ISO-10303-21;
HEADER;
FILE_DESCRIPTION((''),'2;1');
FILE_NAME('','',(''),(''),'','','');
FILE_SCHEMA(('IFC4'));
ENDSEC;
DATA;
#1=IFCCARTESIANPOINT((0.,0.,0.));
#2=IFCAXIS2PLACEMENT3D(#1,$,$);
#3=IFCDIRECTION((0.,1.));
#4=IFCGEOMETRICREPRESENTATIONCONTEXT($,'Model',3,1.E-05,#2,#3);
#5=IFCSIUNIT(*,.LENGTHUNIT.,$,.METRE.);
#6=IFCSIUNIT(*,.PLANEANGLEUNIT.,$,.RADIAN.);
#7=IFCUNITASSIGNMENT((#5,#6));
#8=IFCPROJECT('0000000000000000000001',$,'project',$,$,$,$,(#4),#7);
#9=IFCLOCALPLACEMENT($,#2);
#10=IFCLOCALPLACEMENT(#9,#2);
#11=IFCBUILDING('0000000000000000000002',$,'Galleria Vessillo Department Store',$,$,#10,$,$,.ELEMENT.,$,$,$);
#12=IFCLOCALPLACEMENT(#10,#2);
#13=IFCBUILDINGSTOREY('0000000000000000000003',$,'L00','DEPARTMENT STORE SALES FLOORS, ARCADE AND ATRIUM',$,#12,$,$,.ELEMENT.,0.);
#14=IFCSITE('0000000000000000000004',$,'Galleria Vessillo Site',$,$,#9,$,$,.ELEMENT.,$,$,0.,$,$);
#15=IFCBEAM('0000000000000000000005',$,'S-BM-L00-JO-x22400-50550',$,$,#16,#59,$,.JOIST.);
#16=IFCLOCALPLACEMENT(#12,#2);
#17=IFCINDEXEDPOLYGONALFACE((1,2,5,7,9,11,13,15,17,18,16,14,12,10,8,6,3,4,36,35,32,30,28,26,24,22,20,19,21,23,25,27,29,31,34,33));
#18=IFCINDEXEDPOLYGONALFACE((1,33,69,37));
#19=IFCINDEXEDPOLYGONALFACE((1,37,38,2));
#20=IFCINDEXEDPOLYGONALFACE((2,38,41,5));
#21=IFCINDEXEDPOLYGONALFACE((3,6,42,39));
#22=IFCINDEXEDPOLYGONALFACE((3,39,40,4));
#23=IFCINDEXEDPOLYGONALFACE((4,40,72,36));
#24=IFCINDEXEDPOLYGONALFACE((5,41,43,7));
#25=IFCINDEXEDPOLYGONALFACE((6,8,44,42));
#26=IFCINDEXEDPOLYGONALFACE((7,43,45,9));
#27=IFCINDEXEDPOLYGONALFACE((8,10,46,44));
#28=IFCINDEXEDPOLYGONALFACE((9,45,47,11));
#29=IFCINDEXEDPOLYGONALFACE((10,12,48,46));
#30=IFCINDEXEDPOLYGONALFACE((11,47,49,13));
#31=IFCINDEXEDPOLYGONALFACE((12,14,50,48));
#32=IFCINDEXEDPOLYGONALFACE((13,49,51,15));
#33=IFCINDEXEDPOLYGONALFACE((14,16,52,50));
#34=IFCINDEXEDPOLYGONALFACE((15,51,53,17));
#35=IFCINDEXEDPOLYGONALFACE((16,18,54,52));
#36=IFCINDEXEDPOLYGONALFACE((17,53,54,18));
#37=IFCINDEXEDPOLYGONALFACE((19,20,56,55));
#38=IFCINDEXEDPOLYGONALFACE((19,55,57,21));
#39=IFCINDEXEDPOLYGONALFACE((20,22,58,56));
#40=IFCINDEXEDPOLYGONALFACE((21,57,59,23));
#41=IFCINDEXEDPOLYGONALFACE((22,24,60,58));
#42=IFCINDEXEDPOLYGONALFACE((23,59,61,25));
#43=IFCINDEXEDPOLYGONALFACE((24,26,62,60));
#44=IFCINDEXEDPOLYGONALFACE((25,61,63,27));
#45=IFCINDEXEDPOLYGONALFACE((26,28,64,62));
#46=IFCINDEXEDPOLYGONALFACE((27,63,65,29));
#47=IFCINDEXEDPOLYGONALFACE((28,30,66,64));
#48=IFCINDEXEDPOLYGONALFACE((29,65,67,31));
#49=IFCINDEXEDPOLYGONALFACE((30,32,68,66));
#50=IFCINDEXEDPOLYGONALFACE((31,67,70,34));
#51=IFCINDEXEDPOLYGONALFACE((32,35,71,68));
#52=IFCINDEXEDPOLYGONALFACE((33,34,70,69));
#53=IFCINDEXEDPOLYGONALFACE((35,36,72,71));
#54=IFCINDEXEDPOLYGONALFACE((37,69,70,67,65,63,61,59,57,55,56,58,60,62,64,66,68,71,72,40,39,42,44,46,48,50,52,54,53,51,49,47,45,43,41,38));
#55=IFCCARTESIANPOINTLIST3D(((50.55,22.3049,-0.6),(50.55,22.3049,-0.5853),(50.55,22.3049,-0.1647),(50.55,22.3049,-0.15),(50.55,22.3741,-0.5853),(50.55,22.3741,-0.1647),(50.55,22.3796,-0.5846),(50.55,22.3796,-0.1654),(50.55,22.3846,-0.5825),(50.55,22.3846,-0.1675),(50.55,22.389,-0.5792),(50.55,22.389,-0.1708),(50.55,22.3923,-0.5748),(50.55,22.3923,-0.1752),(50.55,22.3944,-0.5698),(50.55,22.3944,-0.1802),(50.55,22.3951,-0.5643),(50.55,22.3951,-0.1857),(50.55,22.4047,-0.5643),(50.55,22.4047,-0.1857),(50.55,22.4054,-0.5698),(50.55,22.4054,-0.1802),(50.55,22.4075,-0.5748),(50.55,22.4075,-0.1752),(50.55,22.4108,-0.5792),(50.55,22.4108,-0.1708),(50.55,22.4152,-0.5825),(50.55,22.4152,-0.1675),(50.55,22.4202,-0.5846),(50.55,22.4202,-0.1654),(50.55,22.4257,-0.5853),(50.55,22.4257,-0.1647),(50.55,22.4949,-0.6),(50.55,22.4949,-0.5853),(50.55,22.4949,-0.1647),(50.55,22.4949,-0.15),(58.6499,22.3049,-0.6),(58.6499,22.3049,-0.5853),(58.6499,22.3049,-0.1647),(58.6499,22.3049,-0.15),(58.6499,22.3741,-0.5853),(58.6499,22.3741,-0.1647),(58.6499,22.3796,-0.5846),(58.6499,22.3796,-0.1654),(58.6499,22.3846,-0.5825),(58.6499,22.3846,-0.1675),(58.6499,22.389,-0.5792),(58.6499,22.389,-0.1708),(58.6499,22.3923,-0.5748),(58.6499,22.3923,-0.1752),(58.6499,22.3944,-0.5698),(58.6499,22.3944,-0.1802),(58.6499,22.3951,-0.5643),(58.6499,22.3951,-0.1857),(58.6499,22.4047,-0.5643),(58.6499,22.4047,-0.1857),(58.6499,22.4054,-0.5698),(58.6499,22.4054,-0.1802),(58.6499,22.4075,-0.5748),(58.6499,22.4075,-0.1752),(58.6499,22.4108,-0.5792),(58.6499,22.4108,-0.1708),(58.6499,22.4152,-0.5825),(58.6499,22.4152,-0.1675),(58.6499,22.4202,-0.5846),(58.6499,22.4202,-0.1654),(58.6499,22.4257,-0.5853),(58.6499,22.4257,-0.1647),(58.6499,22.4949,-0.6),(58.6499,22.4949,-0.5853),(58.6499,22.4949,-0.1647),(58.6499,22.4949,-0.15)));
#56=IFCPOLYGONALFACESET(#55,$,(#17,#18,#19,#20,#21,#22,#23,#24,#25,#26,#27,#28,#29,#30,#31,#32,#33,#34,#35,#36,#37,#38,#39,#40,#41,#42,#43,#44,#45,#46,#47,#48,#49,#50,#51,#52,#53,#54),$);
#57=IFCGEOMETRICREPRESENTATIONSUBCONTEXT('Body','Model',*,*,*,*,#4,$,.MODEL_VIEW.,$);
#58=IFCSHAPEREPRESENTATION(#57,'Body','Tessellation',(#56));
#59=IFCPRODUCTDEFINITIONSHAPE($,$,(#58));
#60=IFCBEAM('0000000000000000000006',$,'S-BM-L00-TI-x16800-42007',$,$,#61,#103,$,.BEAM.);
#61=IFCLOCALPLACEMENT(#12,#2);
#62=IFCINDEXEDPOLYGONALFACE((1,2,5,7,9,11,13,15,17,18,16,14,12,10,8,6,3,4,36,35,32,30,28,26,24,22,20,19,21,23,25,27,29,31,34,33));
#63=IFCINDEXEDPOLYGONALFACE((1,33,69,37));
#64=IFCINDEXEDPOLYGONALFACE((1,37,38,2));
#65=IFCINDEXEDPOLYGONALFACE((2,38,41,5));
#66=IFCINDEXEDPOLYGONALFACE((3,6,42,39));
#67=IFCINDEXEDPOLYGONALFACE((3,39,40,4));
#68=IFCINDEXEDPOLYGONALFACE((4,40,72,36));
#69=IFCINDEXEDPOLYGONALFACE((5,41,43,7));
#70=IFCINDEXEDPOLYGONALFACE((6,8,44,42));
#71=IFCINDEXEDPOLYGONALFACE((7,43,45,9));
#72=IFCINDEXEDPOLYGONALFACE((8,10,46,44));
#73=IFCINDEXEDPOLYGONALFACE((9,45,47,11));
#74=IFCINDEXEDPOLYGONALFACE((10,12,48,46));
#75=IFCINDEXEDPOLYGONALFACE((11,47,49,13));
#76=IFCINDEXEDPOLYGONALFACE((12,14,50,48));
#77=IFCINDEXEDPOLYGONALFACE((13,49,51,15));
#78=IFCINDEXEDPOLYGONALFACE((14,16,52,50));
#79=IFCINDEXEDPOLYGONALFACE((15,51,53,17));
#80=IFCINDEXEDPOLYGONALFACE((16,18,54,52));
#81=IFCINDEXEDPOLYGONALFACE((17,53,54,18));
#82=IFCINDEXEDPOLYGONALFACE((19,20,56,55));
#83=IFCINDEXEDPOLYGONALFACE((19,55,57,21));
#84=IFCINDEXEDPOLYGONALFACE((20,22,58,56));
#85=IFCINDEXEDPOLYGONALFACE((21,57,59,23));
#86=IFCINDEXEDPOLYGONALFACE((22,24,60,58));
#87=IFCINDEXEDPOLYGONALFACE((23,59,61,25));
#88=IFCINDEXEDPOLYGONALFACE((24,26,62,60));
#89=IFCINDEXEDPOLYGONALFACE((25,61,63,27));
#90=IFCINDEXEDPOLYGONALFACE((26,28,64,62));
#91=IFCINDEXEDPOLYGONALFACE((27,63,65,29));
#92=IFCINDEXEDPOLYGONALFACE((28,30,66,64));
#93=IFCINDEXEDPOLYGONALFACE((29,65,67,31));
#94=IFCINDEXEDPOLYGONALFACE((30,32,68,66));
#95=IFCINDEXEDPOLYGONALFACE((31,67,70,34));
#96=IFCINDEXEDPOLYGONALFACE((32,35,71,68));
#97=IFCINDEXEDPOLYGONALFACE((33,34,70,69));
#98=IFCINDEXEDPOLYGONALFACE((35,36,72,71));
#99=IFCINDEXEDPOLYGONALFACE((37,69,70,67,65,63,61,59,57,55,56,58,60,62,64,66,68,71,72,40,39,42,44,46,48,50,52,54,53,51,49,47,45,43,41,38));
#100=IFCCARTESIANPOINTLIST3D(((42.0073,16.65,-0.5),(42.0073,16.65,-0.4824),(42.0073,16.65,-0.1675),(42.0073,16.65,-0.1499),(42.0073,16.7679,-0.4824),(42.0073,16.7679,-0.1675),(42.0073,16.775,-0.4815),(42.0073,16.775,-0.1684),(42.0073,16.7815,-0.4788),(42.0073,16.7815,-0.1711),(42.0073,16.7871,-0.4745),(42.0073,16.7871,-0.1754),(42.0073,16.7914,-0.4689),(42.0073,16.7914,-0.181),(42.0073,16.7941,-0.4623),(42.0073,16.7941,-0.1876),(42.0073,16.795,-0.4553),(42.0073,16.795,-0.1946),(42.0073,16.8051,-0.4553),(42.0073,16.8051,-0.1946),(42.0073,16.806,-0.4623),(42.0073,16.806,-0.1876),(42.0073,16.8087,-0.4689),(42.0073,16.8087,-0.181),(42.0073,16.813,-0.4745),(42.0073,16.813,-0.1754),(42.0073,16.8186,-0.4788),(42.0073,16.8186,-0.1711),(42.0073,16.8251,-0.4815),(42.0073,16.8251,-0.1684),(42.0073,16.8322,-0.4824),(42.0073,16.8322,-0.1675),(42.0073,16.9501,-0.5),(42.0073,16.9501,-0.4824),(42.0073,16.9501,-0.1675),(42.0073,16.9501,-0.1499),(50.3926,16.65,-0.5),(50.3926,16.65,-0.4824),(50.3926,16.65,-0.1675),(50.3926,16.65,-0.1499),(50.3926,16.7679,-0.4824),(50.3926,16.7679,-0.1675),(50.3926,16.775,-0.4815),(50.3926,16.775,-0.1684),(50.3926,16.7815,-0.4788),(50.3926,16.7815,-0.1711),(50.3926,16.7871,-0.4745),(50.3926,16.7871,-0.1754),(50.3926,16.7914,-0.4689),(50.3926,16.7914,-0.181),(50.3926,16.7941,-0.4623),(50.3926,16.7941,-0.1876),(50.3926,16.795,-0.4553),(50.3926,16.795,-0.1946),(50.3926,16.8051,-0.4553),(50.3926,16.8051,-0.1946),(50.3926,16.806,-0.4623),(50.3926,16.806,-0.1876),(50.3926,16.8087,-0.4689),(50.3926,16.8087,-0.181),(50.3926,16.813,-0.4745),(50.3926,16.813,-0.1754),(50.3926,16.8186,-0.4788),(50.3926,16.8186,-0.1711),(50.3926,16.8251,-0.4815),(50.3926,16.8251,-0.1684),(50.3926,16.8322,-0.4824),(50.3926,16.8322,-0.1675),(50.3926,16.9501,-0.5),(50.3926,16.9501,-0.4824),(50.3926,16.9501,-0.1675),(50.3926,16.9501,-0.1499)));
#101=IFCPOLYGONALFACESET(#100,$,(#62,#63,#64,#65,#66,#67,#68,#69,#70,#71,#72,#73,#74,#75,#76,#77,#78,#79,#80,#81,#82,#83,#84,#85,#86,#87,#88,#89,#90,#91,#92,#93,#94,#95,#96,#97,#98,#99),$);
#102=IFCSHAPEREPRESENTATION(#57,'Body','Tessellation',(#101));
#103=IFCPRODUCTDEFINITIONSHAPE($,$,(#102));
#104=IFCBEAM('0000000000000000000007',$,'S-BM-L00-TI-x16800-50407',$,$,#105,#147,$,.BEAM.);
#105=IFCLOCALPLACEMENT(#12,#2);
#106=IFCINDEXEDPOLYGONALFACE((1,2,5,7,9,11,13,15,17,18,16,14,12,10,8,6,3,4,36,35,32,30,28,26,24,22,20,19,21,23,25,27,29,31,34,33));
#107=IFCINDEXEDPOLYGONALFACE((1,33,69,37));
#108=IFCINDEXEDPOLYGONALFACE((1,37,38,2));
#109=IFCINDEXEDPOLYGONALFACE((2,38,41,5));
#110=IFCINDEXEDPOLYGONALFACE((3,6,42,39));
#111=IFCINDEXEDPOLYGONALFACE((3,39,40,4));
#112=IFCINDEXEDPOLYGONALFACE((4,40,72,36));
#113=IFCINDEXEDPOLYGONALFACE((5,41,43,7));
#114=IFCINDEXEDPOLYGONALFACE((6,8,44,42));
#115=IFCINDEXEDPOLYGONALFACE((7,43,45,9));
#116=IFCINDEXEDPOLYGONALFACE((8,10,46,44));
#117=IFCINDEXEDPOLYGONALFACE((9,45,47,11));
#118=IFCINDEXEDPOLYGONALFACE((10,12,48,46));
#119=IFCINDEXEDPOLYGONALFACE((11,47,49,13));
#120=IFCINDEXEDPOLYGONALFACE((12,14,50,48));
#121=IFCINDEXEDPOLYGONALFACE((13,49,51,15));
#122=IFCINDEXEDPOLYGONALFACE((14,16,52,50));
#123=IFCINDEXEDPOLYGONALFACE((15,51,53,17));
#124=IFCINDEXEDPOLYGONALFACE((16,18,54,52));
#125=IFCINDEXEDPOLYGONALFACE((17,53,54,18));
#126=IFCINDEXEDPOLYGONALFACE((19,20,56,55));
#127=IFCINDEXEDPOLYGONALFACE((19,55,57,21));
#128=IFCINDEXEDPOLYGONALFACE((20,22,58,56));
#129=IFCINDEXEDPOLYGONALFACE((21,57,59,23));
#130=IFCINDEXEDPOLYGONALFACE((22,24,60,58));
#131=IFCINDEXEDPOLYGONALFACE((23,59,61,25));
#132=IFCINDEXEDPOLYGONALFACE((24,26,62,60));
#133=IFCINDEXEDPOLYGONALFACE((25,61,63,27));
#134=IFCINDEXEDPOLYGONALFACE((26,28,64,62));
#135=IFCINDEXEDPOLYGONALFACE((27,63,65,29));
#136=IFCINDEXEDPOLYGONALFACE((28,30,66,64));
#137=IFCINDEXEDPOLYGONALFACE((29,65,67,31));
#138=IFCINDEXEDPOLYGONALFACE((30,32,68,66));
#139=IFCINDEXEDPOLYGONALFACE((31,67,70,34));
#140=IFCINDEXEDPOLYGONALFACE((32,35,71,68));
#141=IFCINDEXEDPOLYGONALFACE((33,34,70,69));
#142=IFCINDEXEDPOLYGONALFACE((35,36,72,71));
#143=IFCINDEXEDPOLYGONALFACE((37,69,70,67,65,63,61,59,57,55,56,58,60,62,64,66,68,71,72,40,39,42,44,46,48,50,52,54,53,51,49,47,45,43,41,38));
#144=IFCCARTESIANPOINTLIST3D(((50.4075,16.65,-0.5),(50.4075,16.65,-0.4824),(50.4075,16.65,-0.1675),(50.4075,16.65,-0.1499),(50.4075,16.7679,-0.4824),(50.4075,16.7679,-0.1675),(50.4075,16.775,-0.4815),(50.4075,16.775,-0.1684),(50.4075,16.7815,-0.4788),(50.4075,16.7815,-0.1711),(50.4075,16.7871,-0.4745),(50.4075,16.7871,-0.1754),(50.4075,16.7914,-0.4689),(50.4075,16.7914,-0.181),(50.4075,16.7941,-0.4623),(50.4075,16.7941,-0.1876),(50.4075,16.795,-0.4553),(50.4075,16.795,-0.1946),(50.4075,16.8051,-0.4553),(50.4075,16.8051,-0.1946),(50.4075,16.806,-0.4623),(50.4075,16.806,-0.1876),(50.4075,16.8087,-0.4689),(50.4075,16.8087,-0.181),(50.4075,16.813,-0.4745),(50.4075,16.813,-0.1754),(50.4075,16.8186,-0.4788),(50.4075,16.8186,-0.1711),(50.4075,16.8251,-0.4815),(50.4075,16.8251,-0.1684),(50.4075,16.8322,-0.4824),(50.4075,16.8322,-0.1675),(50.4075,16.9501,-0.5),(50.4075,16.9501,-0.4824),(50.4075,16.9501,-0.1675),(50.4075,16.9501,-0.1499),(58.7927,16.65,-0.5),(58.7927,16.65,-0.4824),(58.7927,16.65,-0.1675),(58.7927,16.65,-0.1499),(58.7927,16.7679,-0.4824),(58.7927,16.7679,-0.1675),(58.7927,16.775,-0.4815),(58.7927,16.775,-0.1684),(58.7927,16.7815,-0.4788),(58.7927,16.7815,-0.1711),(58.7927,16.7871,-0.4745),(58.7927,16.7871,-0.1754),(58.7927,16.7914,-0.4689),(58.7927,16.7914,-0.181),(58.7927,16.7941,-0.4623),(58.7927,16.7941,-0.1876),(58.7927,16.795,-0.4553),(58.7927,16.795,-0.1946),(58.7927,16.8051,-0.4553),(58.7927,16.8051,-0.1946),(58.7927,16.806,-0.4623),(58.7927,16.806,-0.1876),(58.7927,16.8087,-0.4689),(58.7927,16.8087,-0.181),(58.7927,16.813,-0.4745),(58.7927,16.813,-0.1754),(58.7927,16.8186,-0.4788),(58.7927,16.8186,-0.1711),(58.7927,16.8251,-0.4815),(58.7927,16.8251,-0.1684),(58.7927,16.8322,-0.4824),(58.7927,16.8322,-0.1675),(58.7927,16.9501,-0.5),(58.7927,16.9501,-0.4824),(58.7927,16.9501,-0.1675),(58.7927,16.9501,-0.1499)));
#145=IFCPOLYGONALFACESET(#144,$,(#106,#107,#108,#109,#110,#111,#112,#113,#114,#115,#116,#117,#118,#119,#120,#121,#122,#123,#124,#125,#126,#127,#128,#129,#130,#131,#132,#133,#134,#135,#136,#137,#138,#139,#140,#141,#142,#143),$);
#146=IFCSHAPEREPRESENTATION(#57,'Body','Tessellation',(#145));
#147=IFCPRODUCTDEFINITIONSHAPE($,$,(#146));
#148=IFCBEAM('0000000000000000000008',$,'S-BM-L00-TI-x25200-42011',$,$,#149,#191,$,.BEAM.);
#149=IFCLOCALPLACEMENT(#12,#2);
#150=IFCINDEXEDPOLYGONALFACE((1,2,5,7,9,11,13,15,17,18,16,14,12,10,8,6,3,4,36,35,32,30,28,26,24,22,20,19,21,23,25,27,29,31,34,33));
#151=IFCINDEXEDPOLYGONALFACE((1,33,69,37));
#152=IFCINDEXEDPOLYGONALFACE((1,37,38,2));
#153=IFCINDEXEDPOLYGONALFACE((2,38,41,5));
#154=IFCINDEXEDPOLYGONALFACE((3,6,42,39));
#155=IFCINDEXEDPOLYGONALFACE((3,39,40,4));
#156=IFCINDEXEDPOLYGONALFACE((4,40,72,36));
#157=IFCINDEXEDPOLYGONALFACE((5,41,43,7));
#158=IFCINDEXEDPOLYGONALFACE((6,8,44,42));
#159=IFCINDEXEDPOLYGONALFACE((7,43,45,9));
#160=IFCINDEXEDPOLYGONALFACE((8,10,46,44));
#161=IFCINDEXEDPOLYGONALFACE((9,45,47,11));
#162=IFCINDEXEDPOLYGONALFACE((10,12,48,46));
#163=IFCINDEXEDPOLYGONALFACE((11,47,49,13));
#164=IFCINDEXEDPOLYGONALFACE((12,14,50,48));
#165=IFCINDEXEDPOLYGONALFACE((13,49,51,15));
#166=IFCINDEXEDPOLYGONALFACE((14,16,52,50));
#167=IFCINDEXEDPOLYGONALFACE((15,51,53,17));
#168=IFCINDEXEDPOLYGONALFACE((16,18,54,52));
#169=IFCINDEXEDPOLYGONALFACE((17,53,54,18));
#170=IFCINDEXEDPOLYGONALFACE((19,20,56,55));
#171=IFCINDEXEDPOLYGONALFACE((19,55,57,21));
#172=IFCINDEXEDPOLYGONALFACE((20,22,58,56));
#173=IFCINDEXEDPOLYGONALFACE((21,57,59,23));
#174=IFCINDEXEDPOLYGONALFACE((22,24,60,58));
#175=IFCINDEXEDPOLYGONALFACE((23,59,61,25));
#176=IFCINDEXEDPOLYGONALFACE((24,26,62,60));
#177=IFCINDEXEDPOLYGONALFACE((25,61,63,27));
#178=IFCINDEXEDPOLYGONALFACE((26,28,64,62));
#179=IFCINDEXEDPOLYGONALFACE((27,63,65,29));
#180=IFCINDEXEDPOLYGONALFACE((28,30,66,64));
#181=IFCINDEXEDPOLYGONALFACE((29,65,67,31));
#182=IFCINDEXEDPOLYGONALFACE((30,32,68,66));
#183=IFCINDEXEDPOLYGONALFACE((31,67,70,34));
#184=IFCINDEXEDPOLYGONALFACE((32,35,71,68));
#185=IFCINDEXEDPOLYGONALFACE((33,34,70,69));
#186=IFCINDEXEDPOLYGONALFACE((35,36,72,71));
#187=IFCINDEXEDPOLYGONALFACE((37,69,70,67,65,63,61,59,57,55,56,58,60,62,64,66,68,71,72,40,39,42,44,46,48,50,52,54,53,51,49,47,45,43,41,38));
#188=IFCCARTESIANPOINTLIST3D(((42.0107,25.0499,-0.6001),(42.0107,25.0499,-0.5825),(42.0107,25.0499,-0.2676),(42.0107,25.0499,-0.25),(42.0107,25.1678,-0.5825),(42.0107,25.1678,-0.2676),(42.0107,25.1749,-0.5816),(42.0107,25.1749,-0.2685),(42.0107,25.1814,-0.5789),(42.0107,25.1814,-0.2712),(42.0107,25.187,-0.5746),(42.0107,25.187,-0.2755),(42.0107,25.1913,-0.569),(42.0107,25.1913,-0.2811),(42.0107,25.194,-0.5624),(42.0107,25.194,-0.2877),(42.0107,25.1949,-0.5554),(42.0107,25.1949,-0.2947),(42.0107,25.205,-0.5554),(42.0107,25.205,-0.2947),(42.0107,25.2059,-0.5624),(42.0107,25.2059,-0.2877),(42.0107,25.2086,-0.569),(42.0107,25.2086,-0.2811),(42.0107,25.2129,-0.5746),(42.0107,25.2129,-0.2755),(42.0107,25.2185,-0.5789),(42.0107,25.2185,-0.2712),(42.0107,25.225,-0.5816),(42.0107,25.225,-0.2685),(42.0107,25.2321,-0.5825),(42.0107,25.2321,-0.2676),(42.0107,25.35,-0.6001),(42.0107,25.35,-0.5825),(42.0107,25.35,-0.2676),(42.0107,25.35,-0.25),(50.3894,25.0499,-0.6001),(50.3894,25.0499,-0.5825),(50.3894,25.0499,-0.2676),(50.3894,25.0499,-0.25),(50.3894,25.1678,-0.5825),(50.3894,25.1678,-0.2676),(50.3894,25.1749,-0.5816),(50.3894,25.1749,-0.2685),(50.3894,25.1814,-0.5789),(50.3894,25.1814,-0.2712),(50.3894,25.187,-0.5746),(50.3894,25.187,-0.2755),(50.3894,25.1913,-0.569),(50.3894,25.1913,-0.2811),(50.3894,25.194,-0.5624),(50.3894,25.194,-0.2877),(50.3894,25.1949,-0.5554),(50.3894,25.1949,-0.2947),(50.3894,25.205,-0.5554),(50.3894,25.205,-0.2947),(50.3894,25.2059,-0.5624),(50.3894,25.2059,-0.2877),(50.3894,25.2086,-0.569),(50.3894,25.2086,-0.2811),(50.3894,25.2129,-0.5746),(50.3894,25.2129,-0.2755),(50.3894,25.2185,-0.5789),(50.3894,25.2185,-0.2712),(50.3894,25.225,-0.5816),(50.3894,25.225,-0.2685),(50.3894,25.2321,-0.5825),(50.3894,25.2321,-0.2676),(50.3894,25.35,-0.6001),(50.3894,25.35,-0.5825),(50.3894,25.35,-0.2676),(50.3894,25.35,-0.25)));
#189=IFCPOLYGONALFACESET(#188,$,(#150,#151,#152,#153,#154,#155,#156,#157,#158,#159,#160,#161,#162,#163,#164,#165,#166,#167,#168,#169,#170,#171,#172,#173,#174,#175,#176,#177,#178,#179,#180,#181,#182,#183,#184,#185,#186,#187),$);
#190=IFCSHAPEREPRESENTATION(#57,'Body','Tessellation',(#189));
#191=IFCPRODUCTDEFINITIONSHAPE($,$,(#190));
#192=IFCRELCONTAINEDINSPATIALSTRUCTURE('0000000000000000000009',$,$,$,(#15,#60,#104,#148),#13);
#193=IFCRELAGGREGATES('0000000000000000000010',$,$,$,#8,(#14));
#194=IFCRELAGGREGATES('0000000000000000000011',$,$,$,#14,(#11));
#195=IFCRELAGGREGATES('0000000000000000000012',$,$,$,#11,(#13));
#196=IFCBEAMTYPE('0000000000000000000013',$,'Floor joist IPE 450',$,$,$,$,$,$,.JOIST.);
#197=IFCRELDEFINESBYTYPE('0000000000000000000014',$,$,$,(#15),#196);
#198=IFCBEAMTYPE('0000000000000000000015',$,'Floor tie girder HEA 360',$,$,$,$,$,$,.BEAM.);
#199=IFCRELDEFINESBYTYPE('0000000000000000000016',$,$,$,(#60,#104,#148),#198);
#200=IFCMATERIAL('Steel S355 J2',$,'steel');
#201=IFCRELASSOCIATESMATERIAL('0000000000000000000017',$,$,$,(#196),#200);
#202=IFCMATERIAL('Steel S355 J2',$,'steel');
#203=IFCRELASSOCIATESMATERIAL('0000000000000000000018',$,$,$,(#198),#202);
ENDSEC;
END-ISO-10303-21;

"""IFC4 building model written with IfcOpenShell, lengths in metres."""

from ifc_helpers import new_model, si_unit, direction, frame, origin, origin_2d, place, context, subcontext, project, spatial, i_section, extrude, material, material_profile, profile_set, type_object, element, save


model = new_model("IFC4")

# Units and contexts
model_context = context("Model", 3, precision=1e-05, world=origin(), true_north=direction((0.0, 1.0)))
body_context = subcontext(model_context, "Body", "Model", "MODEL_VIEW")
ifc_project = project(units=[si_unit("LENGTHUNIT", "METRE"), si_unit("PLANEANGLEUNIT", "RADIAN")], contexts=[model_context])

# Site, building, storey
site_placement = place(None, origin())
site = spatial("IfcSite", under=ifc_project, at=site_placement, Name="Galleria Vessillo Site", CompositionType="ELEMENT", RefElevation=0.0)
building_placement = place(site_placement, origin())
building = spatial("IfcBuilding", under=site, at=building_placement, Name="Galleria Vessillo Department Store", CompositionType="ELEMENT")
storey_placement = place(building_placement, origin())
storey = spatial("IfcBuildingStorey", under=building, at=storey_placement, Name="L00", Description="DEPARTMENT STORE SALES FLOORS, ARCADE AND ATRIUM", CompositionType="ELEMENT", Elevation=0.0)

# Beams
ifc_material_1 = material(Name="Steel S355 J2", Category="steel")
ifc_material_profile_1 = material_profile(ifc_material_1, i_section(OverallWidth=0.1899, OverallDepth=0.45, WebThickness=0.0095, FlangeThickness=0.0146, FilletRadius=0.021, at=origin_2d()), Name="IPE 450")
ifc_profile_set_1 = profile_set([ifc_material_profile_1], Name="Steel S355 J2")
beam_type_1 = type_object("IfcBeamType", Name="Floor joist IPE 450", PredefinedType="JOIST", material=ifc_profile_set_1)
for number, where, z_axis, x_axis, name in (
    (1, (50.55, 22.3999, -0.375), (1.0, 0.0, 0.0), (0.0, 1.0, 0.0), "S-BM-L00-JO-x22400-50550"),
):
    element("IfcBeam", number, at=place(storey_placement, frame(where, z_axis=z_axis, x_axis=x_axis)), inside=storey, type_object=beam_type_1, Name=name, PredefinedType="JOIST", context=body_context, shape_type="SweptSolid", body=[
        extrude(i_section(OverallWidth=0.1899, OverallDepth=0.45, WebThickness=0.0095, FlangeThickness=0.0146, FilletRadius=0.021, at=origin_2d()), origin(), (0.0, 0.0, 1.0), 8.0999),
    ])
ifc_material_2 = material(Name="Steel S355 J2", Category="steel")
ifc_material_profile_2 = material_profile(ifc_material_2, i_section(OverallWidth=0.3, OverallDepth=0.3501, WebThickness=0.01, FlangeThickness=0.0176, FilletRadius=0.0271, at=origin_2d()), Name="HEA 360")
ifc_profile_set_2 = profile_set([ifc_material_profile_2], Name="Steel S355 J2")
beam_type_2 = type_object("IfcBeamType", Name="Floor tie girder HEA 360", PredefinedType="BEAM", material=ifc_profile_set_2)
for number, where, z_axis, x_axis, name in (
    (2, (42.0073, 16.8, -0.325), (1.0, 0.0, 0.0), (0.0, 1.0, 0.0), "S-BM-L00-TI-x16800-42007"),
    (3, (50.4075, 16.8, -0.325), (1.0, 0.0, 0.0), (0.0, 1.0, 0.0), "S-BM-L00-TI-x16800-50407"),
):
    element("IfcBeam", number, at=place(storey_placement, frame(where, z_axis=z_axis, x_axis=x_axis)), inside=storey, type_object=beam_type_2, Name=name, PredefinedType="BEAM", context=body_context, shape_type="SweptSolid", body=[
        extrude(i_section(OverallWidth=0.3, OverallDepth=0.3501, WebThickness=0.01, FlangeThickness=0.0176, FilletRadius=0.0271, at=origin_2d()), origin(), (0.0, 0.0, 1.0), 8.3853),
    ])
beam_1_placement = place(storey_placement, frame((42.0107, 25.2, -0.425), z_axis=(1.0, 0.0, 0.0), x_axis=(0.0, 1.0, 0.0)))
element("IfcBeam", 4, at=beam_1_placement, inside=storey, type_object=beam_type_2, Name="S-BM-L00-TI-x25200-42011", PredefinedType="BEAM", context=body_context, shape_type="SweptSolid", body=[
    extrude(i_section(OverallWidth=0.3, OverallDepth=0.3501, WebThickness=0.01, FlangeThickness=0.0176, FilletRadius=0.0271, at=origin_2d()), origin(), (0.0, 0.0, 1.0), 8.3787),
])

save(model, "model.ifc")
